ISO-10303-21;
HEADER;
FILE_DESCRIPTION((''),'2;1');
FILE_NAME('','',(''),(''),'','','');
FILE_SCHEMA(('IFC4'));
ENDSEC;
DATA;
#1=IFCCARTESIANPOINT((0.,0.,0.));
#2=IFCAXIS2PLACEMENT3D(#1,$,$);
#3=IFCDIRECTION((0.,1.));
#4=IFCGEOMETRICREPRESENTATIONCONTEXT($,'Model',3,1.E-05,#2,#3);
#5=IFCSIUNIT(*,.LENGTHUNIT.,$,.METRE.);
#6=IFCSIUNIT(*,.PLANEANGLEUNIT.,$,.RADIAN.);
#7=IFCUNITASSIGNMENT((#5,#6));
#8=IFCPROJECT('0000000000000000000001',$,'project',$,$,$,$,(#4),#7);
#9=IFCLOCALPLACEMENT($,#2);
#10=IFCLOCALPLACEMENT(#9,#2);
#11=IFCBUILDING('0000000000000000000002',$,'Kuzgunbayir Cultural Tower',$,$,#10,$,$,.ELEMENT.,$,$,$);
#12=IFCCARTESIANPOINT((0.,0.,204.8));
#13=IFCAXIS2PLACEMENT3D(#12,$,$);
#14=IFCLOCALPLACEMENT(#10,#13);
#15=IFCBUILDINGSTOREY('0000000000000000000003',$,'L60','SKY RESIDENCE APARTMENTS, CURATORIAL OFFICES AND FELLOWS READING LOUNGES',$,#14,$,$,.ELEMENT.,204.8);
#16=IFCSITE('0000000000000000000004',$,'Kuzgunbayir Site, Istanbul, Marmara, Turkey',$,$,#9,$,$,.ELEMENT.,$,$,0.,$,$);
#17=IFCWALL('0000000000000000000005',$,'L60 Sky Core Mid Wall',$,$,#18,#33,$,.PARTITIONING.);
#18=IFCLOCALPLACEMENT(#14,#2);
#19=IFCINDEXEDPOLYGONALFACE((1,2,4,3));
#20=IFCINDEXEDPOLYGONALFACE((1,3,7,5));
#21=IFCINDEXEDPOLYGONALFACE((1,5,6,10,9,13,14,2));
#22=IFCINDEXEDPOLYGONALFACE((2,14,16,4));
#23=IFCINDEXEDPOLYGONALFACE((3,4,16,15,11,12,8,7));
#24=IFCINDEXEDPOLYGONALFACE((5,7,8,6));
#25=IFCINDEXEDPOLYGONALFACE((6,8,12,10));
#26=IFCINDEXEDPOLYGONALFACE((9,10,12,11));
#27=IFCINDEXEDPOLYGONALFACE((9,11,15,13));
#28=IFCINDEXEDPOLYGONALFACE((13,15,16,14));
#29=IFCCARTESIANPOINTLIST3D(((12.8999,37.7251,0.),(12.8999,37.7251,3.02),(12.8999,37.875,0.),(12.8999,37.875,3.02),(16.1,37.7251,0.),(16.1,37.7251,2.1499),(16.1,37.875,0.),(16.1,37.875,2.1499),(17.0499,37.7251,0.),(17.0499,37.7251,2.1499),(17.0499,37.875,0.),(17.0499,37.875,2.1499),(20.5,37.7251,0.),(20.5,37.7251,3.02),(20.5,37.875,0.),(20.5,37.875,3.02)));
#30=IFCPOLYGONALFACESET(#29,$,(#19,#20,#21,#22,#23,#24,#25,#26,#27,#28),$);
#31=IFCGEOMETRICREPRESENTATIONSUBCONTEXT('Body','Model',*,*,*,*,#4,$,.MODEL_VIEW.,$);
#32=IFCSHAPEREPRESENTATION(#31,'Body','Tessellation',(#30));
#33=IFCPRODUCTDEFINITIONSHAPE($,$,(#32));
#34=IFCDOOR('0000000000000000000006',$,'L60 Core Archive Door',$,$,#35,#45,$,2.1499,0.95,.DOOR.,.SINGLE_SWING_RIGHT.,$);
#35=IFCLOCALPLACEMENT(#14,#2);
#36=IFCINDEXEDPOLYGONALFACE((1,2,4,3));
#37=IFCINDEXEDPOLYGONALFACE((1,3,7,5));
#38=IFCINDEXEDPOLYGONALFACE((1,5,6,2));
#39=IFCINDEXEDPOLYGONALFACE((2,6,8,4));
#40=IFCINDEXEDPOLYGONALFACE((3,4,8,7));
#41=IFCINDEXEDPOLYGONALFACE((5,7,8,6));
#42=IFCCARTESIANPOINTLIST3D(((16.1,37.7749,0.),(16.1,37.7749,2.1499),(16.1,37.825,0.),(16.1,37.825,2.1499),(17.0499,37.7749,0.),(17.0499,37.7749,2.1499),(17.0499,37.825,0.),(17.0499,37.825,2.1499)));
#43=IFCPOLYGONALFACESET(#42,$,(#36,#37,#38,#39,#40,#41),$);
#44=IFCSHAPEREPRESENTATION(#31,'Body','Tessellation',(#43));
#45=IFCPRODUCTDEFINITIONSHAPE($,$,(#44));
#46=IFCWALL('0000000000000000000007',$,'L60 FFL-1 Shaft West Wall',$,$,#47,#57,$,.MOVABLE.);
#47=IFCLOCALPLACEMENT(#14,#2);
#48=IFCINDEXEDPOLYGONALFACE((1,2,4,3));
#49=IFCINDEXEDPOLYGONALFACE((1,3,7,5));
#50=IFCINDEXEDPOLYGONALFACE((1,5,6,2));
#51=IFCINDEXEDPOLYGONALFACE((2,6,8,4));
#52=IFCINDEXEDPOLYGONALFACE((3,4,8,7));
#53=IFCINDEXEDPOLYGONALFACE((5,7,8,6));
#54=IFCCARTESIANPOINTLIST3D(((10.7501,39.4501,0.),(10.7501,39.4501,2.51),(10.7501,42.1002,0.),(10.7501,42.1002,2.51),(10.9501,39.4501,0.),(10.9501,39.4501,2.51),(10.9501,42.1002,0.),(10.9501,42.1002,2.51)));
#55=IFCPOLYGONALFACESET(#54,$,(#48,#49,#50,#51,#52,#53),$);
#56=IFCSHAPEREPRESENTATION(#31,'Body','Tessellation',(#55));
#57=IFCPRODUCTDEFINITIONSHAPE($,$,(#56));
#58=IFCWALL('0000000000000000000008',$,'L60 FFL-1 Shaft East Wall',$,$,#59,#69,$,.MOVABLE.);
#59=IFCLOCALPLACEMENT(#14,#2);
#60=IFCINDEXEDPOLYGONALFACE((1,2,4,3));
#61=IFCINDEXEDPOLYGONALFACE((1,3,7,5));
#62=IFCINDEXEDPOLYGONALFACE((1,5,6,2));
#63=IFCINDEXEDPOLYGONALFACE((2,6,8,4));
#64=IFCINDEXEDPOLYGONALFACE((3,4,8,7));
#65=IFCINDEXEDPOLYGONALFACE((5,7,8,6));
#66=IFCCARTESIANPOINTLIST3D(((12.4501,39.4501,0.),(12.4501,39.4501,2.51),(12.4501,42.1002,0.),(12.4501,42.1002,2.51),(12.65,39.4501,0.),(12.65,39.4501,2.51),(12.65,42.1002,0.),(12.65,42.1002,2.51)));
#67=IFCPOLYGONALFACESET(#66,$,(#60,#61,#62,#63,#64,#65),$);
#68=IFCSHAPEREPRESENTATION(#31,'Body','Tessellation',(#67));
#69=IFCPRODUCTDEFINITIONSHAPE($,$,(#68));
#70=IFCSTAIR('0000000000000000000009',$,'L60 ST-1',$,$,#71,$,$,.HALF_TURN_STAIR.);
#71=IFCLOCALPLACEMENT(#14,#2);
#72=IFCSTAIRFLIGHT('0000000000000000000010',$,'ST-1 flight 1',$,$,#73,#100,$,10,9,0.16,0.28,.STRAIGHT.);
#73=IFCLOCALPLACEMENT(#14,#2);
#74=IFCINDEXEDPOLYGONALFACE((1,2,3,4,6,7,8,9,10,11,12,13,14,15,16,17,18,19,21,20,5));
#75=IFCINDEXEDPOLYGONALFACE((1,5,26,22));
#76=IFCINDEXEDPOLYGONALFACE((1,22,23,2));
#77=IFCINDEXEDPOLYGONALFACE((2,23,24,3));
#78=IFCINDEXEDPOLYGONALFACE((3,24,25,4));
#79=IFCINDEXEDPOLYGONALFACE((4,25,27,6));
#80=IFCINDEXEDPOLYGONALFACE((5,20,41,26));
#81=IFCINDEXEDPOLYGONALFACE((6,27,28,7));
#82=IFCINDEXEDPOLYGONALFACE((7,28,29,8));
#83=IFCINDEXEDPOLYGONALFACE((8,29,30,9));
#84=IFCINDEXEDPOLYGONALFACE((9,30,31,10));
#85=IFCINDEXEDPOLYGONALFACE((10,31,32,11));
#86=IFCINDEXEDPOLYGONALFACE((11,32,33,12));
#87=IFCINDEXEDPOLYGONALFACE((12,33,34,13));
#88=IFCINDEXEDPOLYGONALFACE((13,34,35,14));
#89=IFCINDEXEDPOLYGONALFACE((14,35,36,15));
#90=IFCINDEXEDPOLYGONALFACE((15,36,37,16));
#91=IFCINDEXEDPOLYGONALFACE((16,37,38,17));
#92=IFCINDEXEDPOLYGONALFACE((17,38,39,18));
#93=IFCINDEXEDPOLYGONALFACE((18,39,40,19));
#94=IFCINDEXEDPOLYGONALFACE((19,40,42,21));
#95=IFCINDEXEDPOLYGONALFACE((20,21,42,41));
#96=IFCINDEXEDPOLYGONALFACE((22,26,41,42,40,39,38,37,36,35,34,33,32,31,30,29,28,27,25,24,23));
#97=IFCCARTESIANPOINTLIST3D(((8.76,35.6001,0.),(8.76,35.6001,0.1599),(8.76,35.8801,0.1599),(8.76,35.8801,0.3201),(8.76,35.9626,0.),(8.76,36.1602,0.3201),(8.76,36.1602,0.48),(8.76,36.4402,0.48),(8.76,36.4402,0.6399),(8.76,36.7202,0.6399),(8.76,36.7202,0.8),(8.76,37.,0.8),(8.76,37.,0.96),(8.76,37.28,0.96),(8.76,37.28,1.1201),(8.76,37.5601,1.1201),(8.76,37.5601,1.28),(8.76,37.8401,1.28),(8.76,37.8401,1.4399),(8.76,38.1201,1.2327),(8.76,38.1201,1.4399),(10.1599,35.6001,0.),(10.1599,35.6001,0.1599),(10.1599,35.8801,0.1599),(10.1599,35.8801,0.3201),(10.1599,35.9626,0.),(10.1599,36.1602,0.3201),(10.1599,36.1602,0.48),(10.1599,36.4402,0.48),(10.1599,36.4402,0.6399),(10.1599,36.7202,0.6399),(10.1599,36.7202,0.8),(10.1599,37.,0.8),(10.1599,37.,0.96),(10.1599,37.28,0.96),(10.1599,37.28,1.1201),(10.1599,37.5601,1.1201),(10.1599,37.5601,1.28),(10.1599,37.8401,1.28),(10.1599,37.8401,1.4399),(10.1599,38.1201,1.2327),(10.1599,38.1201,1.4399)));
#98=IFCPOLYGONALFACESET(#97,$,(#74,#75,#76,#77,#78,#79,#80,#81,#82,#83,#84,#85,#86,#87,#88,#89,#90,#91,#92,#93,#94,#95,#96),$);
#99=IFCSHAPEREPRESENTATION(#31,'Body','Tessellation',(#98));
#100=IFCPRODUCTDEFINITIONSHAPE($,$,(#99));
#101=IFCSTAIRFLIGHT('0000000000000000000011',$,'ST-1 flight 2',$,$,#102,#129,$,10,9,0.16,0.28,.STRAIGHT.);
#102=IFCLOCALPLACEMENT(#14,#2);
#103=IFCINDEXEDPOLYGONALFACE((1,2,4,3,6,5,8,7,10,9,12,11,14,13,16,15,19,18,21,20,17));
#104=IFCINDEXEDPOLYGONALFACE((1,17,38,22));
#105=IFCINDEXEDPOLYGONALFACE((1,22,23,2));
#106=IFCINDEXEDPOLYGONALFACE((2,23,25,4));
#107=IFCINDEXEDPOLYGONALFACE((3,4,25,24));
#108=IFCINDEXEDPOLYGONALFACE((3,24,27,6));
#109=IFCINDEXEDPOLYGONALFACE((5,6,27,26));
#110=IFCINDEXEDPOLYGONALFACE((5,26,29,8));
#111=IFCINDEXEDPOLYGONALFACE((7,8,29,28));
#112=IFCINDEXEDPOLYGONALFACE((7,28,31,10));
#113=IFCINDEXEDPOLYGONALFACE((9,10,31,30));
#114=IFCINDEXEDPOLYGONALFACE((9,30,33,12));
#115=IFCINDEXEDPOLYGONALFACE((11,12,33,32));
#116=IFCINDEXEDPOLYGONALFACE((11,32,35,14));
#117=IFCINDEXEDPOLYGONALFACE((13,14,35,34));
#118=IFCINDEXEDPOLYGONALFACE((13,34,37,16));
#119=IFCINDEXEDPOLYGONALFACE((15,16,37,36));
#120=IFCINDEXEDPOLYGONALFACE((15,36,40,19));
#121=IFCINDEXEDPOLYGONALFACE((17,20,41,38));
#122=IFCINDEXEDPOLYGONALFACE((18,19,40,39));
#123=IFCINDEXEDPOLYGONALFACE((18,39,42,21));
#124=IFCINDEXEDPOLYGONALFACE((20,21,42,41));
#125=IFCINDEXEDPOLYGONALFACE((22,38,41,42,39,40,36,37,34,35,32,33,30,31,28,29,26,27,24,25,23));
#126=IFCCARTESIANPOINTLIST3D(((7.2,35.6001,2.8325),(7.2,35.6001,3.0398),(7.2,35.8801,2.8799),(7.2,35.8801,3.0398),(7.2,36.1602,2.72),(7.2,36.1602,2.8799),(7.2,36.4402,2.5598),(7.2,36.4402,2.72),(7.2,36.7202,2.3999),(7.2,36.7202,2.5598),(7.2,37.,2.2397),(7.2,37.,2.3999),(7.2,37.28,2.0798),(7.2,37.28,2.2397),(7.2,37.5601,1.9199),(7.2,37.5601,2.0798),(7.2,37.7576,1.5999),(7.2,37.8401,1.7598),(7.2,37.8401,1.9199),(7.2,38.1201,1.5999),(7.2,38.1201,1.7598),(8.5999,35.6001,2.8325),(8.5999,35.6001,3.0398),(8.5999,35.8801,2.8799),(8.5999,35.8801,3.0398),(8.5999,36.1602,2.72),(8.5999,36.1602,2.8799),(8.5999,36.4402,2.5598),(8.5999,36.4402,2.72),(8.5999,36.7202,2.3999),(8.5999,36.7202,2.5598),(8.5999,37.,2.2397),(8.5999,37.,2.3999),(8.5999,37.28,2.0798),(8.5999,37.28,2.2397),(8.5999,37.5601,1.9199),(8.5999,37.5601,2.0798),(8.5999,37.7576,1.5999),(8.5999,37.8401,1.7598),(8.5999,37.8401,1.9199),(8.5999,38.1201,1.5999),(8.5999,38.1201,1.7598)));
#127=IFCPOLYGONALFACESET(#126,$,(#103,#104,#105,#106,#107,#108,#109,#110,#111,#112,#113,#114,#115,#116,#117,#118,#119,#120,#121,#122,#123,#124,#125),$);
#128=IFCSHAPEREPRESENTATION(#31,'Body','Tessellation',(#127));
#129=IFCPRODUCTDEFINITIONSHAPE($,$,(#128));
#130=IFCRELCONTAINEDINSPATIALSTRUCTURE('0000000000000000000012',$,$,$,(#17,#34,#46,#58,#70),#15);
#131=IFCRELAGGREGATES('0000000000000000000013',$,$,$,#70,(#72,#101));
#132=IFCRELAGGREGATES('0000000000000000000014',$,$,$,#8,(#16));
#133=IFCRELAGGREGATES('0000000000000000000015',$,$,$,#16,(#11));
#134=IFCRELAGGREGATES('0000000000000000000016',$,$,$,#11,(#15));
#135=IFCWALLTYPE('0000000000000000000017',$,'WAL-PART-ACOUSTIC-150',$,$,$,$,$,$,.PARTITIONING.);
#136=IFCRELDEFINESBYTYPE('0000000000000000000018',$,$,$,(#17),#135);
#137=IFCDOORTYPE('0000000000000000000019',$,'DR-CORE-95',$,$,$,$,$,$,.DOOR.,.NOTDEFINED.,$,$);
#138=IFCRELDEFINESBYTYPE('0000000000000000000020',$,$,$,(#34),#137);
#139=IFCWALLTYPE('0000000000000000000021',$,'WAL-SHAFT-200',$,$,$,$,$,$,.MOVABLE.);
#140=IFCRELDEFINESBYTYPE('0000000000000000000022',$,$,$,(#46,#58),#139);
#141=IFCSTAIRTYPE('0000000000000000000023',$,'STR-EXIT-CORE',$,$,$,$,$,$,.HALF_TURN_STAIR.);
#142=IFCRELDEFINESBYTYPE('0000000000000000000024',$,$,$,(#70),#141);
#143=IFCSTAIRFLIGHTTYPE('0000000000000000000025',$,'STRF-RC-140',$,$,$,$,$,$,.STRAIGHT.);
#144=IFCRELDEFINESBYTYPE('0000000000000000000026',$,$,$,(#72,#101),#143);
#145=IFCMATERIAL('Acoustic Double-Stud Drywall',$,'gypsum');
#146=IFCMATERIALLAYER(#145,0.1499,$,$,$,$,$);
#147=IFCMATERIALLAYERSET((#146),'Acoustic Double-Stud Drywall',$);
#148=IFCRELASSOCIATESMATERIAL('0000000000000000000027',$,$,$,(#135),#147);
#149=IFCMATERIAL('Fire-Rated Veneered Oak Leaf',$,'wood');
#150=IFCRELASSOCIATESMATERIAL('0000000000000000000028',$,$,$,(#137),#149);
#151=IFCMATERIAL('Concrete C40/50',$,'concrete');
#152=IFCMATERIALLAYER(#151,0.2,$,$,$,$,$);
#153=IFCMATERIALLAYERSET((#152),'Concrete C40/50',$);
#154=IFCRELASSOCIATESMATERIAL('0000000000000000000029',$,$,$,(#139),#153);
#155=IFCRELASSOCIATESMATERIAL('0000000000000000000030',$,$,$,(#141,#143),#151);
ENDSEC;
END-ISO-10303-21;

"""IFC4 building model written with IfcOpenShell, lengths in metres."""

from ifc_helpers import new_model, si_unit, direction, frame, frame_2d, origin, place, context, subcontext, project, spatial, polyline, rectangle, outline, extrude, material, layer, layer_set, type_object, element, fill, aggregate, save


model = new_model("IFC4")

# Units and contexts
model_context = context("Model", 3, precision=1e-05, world=origin(), true_north=direction((0.0, 1.0)))
body_context = subcontext(model_context, "Body", "Model", "MODEL_VIEW")
ifc_project = project(units=[si_unit("LENGTHUNIT", "METRE"), si_unit("PLANEANGLEUNIT", "RADIAN")], contexts=[model_context])

# Site, building, storey
site_placement = place(None, origin())
site = spatial("IfcSite", under=ifc_project, at=site_placement, Name="Kuzgunbayir Site, Istanbul, Marmara, Turkey", CompositionType="ELEMENT", RefElevation=0.0)
building_placement = place(site_placement, origin())
building = spatial("IfcBuilding", under=site, at=building_placement, Name="Kuzgunbayir Cultural Tower", CompositionType="ELEMENT")
storey_placement = place(building_placement, frame((0.0, 0.0, 204.8)))
storey = spatial("IfcBuildingStorey", under=building, at=storey_placement, Name="L60", Description="SKY RESIDENCE APARTMENTS, CURATORIAL OFFICES AND FELLOWS READING LOUNGES", CompositionType="ELEMENT", Elevation=204.8)

# Wall, opening, door
ifc_material_1 = material(Name="Acoustic Double-Stud Drywall", Category="gypsum")
ifc_layer_1 = layer(ifc_material_1, 0.1499)
ifc_layer_set_1 = layer_set([ifc_layer_1], Name="Acoustic Double-Stud Drywall")
wall_type_1 = type_object("IfcWallType", Name="WAL-PART-ACOUSTIC-150", PredefinedType="PARTITIONING", material=ifc_layer_set_1)
wall_1_placement = place(storey_placement, frame((12.8999, 37.8, 0.0), z_axis=(0.0, 0.0, 1.0), x_axis=(1.0, 0.0, 0.0)))
wall_1 = element("IfcWall", 1, at=wall_1_placement, inside=storey, type_object=wall_type_1, Name="L60 Sky Core Mid Wall", PredefinedType="PARTITIONING", context=body_context, shape_type="SweptSolid", body=[
    extrude(rectangle(XDim=7.6001, YDim=0.1499, at=frame_2d((3.8, 0.0))), origin(), (0.0, 0.0, 1.0), 3.02),
])
opening_1_placement = place(wall_1_placement, frame((3.2, 0.0, 0.0)))
opening_1 = element("IfcOpeningElement", 2, at=opening_1_placement, cuts=wall_1, PredefinedType="OPENING", context=body_context, shape_type="SweptSolid", body=[
    extrude(rectangle(XDim=0.95, YDim=2.1499, at=frame_2d((0.4751, 1.075))), frame((0.0, 0.085, 0.0), z_axis=(0.0, -1.0, 0.0), x_axis=(1.0, 0.0, 0.0)), (0.0, 0.0, 1.0), 0.1699),
])
ifc_material_2 = material(Name="Fire-Rated Veneered Oak Leaf", Category="wood")
door_type_1 = type_object("IfcDoorType", Name="DR-CORE-95", OperationType="NOTDEFINED", PredefinedType="DOOR", material=ifc_material_2)
door_1_placement = place(opening_1_placement, origin())
door_1 = element("IfcDoor", 3, at=door_1_placement, inside=storey, type_object=door_type_1, Name="L60 Core Archive Door", OperationType="SINGLE_SWING_RIGHT", OverallHeight=2.1499, OverallWidth=0.95, PredefinedType="DOOR", context=body_context, shape_type="SweptSolid", body=[
    extrude(rectangle(XDim=0.95, YDim=2.1499, at=frame_2d((0.4751, 1.075))), frame((0.0, 0.0249, 0.0), z_axis=(0.0, -1.0, 0.0), x_axis=(1.0, 0.0, 0.0)), (0.0, 0.0, 1.0), 0.05),
])
fill(opening_1, door_1)
ifc_material_3 = material(Name="Concrete C40/50", Category="concrete")
ifc_layer_2 = layer(ifc_material_3, 0.2)
ifc_layer_set_2 = layer_set([ifc_layer_2], Name="Concrete C40/50")
wall_type_2 = type_object("IfcWallType", Name="WAL-SHAFT-200", PredefinedType="MOVABLE", material=ifc_layer_set_2)

# Walls
for number, where, z_axis, x_axis, name in (
    (4, (10.8501, 39.45, 0.0), (0.0, 0.0, 1.0), (0.0, 1.0, 0.0), "L60 FFL-1 Shaft West Wall"),
    (5, (12.55, 39.45, 0.0), (0.0, 0.0, 1.0), (0.0, 1.0, 0.0), "L60 FFL-1 Shaft East Wall"),
):
    element("IfcWall", number, at=place(storey_placement, frame(where, z_axis=z_axis, x_axis=x_axis)), inside=storey, type_object=wall_type_2, Name=name, PredefinedType="MOVABLE", context=body_context, shape_type="SweptSolid", body=[
        extrude(rectangle(XDim=2.6501, YDim=0.2, at=frame_2d((1.3252, 0.0))), origin(), (0.0, 0.0, 1.0), 2.51),
    ])

# Stair, stair flights
stair_type = type_object("IfcStairType", Name="STR-EXIT-CORE", PredefinedType="HALF_TURN_STAIR", material=ifc_material_3)
stair_placement = place(storey_placement, origin())
stair = element("IfcStair", 6, at=stair_placement, inside=storey, type_object=stair_type, Name="L60 ST-1", PredefinedType="HALF_TURN_STAIR")
stair_flight_type = type_object("IfcStairFlightType", Name="STRF-RC-140", PredefinedType="STRAIGHT", material=ifc_material_3)
stair_flight_1_placement = place(storey_placement, frame((9.46, 35.6001, 0.0), z_axis=(0.0, 0.0, 1.0), x_axis=(0.0, 1.0, 0.0)))
stair_flight_1 = element("IfcStairFlight", 7, at=stair_flight_1_placement, type_object=stair_flight_type, Name="ST-1 flight 1", NumberOfRisers=10, NumberOfTreads=9, PredefinedType="STRAIGHT", RiserHeight=0.16, TreadLength=0.28, context=body_context, shape_type="SweptSolid", body=[
    extrude(outline(polyline([(0.0, 0.0), (0.0, 0.1599), (0.28, 0.1599), (0.28, 0.3201), (0.5601, 0.3201), (0.5601, 0.48), (0.8401, 0.48), (0.8401, 0.6399), (1.1201, 0.6399), (1.1201, 0.8), (1.3999, 0.8), (1.3999, 0.96), (1.6799, 0.96), (1.6799, 1.1201), (1.96, 1.1201), (1.96, 1.28), (2.24, 1.28), (2.24, 1.4399), (2.52, 1.4399), (2.52, 1.6001), (2.52, 1.2327), (0.3625, 0.0), (0.0, 0.0)])), frame((0.0, 0.7, 0.0), z_axis=(0.0, -1.0, 0.0), x_axis=(1.0, 0.0, 0.0)), (0.0, 0.0, 1.0), 1.3999),
])
stair_flight_2_placement = place(storey_placement, frame((7.8999, 38.1201, 1.5999), z_axis=(0.0, 0.0, 1.0), x_axis=(0.0, -1.0, 0.0)))
stair_flight_2 = element("IfcStairFlight", 8, at=stair_flight_2_placement, type_object=stair_flight_type, Name="ST-1 flight 2", NumberOfRisers=10, NumberOfTreads=9, PredefinedType="STRAIGHT", RiserHeight=0.16, TreadLength=0.28, context=body_context, shape_type="SweptSolid", body=[
    extrude(outline(polyline([(0.0, 0.0), (0.0, 0.1599), (0.28, 0.1599), (0.28, 0.3201), (0.5601, 0.3201), (0.5601, 0.48), (0.8401, 0.48), (0.8401, 0.6399), (1.1201, 0.6399), (1.1201, 0.8), (1.3999, 0.8), (1.3999, 0.96), (1.6799, 0.96), (1.6799, 1.1201), (1.96, 1.1201), (1.96, 1.28), (2.24, 1.28), (2.24, 1.4399), (2.52, 1.4399), (2.52, 1.6001), (2.52, 1.2327), (0.3625, 0.0), (0.0, 0.0)])), frame((0.0, 0.7, 0.0), z_axis=(0.0, -1.0, 0.0), x_axis=(1.0, 0.0, 0.0)), (0.0, 0.0, 1.0), 1.3999),
])
aggregate(stair, [stair_flight_1, stair_flight_2])

save(model, "model.ifc")
